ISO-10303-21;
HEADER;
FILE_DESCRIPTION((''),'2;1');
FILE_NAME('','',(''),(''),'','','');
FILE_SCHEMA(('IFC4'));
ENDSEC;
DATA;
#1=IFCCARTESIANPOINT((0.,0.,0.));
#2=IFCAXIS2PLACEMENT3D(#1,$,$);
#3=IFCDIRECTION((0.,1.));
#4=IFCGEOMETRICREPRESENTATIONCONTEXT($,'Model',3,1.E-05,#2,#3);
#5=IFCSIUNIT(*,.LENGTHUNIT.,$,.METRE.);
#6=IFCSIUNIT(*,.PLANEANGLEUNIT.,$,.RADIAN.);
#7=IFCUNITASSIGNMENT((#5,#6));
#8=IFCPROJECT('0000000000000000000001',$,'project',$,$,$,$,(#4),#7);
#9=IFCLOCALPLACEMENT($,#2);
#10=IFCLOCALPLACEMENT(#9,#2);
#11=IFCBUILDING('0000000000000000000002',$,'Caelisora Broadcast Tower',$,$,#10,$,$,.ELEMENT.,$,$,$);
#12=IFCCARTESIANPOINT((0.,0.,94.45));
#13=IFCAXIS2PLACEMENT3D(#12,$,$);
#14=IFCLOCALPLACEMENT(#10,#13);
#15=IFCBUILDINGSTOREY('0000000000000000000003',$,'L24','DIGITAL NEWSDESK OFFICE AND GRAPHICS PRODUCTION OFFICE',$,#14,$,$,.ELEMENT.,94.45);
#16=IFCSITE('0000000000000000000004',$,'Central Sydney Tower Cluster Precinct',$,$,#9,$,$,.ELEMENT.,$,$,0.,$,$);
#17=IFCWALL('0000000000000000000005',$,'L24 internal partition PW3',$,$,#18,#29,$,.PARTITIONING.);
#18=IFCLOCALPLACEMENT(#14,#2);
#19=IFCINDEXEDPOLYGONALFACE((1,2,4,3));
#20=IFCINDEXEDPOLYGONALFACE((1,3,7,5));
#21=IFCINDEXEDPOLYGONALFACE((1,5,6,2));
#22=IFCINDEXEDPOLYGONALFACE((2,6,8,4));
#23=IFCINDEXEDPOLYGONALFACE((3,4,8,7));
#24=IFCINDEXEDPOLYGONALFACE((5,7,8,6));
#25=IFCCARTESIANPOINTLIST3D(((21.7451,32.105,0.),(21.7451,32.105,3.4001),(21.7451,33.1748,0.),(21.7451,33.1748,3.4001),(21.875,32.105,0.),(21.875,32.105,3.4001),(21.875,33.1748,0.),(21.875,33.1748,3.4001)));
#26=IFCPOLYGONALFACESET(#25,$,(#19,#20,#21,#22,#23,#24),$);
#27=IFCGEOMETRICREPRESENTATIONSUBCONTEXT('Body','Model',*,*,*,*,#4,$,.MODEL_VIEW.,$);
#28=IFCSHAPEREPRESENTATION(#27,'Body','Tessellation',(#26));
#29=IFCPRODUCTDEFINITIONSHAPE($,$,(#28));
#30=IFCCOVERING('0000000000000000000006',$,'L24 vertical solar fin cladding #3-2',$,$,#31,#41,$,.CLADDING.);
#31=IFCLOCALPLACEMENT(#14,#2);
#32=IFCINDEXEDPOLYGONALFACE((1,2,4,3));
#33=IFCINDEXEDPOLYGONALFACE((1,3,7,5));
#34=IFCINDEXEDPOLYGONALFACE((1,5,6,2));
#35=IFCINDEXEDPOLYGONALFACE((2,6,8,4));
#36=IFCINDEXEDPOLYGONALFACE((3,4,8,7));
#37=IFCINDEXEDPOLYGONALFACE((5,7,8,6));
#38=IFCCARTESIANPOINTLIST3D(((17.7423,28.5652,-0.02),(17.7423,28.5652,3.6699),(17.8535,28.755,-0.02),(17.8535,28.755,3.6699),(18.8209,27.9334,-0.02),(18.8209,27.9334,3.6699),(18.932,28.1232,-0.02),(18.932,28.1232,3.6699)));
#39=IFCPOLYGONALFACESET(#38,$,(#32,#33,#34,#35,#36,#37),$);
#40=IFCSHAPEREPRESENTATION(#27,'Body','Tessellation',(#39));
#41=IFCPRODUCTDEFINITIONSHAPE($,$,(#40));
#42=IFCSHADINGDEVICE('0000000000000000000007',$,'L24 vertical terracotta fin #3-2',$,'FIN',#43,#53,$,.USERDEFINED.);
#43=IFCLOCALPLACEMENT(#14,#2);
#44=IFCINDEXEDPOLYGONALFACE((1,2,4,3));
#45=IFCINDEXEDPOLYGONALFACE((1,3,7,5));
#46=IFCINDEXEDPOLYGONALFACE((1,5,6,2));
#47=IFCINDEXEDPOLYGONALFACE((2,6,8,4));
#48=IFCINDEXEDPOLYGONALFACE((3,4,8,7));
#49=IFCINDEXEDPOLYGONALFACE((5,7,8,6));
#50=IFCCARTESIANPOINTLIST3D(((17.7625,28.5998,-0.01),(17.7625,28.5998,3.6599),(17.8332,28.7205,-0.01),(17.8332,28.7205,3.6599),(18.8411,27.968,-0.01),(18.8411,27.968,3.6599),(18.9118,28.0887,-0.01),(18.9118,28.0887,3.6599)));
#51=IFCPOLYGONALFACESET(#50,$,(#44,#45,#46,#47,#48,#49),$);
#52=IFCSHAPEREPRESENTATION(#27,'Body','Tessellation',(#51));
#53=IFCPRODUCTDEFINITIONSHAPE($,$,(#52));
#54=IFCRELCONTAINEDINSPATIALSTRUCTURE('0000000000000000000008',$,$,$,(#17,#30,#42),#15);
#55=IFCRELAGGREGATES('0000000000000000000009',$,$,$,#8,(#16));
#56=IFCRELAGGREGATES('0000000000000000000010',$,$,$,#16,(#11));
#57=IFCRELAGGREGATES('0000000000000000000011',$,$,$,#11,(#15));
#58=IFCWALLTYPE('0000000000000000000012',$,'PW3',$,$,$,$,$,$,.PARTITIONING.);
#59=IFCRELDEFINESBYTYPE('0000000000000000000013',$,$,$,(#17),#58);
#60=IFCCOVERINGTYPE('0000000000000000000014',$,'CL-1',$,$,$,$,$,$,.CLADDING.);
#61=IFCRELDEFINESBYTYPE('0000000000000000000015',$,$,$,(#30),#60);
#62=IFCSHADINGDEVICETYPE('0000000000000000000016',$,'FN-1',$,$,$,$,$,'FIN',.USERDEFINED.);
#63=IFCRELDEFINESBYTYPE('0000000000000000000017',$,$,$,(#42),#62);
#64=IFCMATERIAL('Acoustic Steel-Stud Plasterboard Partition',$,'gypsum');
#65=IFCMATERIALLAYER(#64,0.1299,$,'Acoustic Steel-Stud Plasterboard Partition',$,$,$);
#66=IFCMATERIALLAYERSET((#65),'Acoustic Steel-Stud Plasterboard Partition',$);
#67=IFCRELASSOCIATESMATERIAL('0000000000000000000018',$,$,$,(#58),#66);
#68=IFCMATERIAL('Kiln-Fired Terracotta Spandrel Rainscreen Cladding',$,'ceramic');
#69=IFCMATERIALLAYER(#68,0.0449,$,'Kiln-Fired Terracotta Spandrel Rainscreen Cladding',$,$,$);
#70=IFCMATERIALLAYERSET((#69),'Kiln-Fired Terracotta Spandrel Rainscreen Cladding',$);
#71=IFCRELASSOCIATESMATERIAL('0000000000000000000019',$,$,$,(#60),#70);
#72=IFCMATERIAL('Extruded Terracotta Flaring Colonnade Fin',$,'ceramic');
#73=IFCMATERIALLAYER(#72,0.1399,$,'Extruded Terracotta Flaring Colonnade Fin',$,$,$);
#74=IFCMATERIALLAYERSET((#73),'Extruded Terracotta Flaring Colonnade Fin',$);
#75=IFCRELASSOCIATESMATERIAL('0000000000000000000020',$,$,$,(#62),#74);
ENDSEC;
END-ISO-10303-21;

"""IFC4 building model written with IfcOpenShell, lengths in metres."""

from ifc_helpers import new_model, si_unit, direction, frame, frame_2d, origin, origin_2d, place, context, subcontext, project, spatial, rectangle, extrude, source, transform, mapped, material, layer, layer_set, type_object, type_shapes, element, save


model = new_model("IFC4")

# Units and contexts
model_context = context("Model", 3, precision=1e-05, world=origin(), true_north=direction((0.0, 1.0)))
body_context = subcontext(model_context, "Body", "Model", "MODEL_VIEW")
ifc_project = project(units=[si_unit("LENGTHUNIT", "METRE"), si_unit("PLANEANGLEUNIT", "RADIAN")], contexts=[model_context])

# Site, building, storey
site_placement = place(None, origin())
site = spatial("IfcSite", under=ifc_project, at=site_placement, Name="Central Sydney Tower Cluster Precinct", CompositionType="ELEMENT", RefElevation=0.0)
building_placement = place(site_placement, origin())
building = spatial("IfcBuilding", under=site, at=building_placement, Name="Caelisora Broadcast Tower", CompositionType="ELEMENT")
storey_placement = place(building_placement, frame((0.0, 0.0, 94.45)))
storey = spatial("IfcBuildingStorey", under=building, at=storey_placement, Name="L24", Description="DIGITAL NEWSDESK OFFICE AND GRAPHICS PRODUCTION OFFICE", CompositionType="ELEMENT", Elevation=94.45)

# Shared definitions
ifc_material_1 = material(Name="Acoustic Steel-Stud Plasterboard Partition", Category="gypsum")
ifc_layer_1 = layer(ifc_material_1, 0.1299, Name="Acoustic Steel-Stud Plasterboard Partition")
ifc_layer_set_1 = layer_set([ifc_layer_1], Name="Acoustic Steel-Stud Plasterboard Partition")
wall_type = type_object("IfcWallType", Name="PW3", PredefinedType="PARTITIONING", material=ifc_layer_set_1)

# Wall
wall_1_placement = place(storey_placement, frame((21.8101, 32.105, 0.0), z_axis=(0.0, 0.0, 1.0), x_axis=(0.0, 1.0, 0.0)))
element("IfcWall", 1, at=wall_1_placement, inside=storey, type_object=wall_type, Name="L24 internal partition PW3", PredefinedType="PARTITIONING", context=body_context, shape_type="SweptSolid", body=[
    extrude(rectangle(XDim=1.0698, YDim=0.1299, at=frame_2d((0.5349, 0.0))), origin(), (0.0, 0.0, 1.0), 3.4001),
])

# Covering
ifc_material_2 = material(Name="Kiln-Fired Terracotta Spandrel Rainscreen Cladding", Category="ceramic")
ifc_layer_2 = layer(ifc_material_2, 0.0449, Name="Kiln-Fired Terracotta Spandrel Rainscreen Cladding")
ifc_layer_set_2 = layer_set([ifc_layer_2], Name="Kiln-Fired Terracotta Spandrel Rainscreen Cladding")
covering_type = type_object("IfcCoveringType", Name="CL-1", PredefinedType="CLADDING", material=ifc_layer_set_2)
shared_shape_1 = source(origin(), body_context, "Body", "SweptSolid", [
    extrude(rectangle(XDim=0.22, YDim=1.25, at=origin_2d()), origin(), (0.0, 0.0, 1.0), 3.6899),
])
type_shapes(covering_type, [shared_shape_1])
covering_placement = place(storey_placement, frame((18.3372, 28.3442, -0.02), z_axis=(0.0, 0.0, 1.0), x_axis=(0.505431, 0.862867, 0.0)))
element("IfcCovering", 2, at=covering_placement, inside=storey, type_object=covering_type, Name="L24 vertical solar fin cladding #3-2", PredefinedType="CLADDING", context=body_context, shape_type="MappedRepresentation", body=[
    mapped(shared_shape_1, transform((0.0, 0.0, 0.0), scale=1.0)),
])

# Shading device
ifc_material_3 = material(Name="Extruded Terracotta Flaring Colonnade Fin", Category="ceramic")
ifc_layer_3 = layer(ifc_material_3, 0.1399, Name="Extruded Terracotta Flaring Colonnade Fin")
ifc_layer_set_3 = layer_set([ifc_layer_3], Name="Extruded Terracotta Flaring Colonnade Fin")
shading_device_type = type_object("IfcShadingDeviceType", Name="FN-1", ElementType="FIN", PredefinedType="USERDEFINED", material=ifc_layer_set_3)
shared_shape_2 = source(origin(), body_context, "Body", "SweptSolid", [
    extrude(rectangle(XDim=0.1399, YDim=1.25, at=origin_2d()), origin(), (0.0, 0.0, 1.0), 3.6699),
])
type_shapes(shading_device_type, [shared_shape_2])
shading_device_placement = place(storey_placement, frame((18.3372, 28.3442, -0.01), z_axis=(0.0, 0.0, 1.0), x_axis=(0.505431, 0.862867, 0.0)))
element("IfcShadingDevice", 3, at=shading_device_placement, inside=storey, type_object=shading_device_type, Name="L24 vertical terracotta fin #3-2", ObjectType="FIN", PredefinedType="USERDEFINED", context=body_context, shape_type="MappedRepresentation", body=[
    mapped(shared_shape_2, transform((0.0, 0.0, 0.0), scale=1.0)),
])

save(model, "model.ifc")
